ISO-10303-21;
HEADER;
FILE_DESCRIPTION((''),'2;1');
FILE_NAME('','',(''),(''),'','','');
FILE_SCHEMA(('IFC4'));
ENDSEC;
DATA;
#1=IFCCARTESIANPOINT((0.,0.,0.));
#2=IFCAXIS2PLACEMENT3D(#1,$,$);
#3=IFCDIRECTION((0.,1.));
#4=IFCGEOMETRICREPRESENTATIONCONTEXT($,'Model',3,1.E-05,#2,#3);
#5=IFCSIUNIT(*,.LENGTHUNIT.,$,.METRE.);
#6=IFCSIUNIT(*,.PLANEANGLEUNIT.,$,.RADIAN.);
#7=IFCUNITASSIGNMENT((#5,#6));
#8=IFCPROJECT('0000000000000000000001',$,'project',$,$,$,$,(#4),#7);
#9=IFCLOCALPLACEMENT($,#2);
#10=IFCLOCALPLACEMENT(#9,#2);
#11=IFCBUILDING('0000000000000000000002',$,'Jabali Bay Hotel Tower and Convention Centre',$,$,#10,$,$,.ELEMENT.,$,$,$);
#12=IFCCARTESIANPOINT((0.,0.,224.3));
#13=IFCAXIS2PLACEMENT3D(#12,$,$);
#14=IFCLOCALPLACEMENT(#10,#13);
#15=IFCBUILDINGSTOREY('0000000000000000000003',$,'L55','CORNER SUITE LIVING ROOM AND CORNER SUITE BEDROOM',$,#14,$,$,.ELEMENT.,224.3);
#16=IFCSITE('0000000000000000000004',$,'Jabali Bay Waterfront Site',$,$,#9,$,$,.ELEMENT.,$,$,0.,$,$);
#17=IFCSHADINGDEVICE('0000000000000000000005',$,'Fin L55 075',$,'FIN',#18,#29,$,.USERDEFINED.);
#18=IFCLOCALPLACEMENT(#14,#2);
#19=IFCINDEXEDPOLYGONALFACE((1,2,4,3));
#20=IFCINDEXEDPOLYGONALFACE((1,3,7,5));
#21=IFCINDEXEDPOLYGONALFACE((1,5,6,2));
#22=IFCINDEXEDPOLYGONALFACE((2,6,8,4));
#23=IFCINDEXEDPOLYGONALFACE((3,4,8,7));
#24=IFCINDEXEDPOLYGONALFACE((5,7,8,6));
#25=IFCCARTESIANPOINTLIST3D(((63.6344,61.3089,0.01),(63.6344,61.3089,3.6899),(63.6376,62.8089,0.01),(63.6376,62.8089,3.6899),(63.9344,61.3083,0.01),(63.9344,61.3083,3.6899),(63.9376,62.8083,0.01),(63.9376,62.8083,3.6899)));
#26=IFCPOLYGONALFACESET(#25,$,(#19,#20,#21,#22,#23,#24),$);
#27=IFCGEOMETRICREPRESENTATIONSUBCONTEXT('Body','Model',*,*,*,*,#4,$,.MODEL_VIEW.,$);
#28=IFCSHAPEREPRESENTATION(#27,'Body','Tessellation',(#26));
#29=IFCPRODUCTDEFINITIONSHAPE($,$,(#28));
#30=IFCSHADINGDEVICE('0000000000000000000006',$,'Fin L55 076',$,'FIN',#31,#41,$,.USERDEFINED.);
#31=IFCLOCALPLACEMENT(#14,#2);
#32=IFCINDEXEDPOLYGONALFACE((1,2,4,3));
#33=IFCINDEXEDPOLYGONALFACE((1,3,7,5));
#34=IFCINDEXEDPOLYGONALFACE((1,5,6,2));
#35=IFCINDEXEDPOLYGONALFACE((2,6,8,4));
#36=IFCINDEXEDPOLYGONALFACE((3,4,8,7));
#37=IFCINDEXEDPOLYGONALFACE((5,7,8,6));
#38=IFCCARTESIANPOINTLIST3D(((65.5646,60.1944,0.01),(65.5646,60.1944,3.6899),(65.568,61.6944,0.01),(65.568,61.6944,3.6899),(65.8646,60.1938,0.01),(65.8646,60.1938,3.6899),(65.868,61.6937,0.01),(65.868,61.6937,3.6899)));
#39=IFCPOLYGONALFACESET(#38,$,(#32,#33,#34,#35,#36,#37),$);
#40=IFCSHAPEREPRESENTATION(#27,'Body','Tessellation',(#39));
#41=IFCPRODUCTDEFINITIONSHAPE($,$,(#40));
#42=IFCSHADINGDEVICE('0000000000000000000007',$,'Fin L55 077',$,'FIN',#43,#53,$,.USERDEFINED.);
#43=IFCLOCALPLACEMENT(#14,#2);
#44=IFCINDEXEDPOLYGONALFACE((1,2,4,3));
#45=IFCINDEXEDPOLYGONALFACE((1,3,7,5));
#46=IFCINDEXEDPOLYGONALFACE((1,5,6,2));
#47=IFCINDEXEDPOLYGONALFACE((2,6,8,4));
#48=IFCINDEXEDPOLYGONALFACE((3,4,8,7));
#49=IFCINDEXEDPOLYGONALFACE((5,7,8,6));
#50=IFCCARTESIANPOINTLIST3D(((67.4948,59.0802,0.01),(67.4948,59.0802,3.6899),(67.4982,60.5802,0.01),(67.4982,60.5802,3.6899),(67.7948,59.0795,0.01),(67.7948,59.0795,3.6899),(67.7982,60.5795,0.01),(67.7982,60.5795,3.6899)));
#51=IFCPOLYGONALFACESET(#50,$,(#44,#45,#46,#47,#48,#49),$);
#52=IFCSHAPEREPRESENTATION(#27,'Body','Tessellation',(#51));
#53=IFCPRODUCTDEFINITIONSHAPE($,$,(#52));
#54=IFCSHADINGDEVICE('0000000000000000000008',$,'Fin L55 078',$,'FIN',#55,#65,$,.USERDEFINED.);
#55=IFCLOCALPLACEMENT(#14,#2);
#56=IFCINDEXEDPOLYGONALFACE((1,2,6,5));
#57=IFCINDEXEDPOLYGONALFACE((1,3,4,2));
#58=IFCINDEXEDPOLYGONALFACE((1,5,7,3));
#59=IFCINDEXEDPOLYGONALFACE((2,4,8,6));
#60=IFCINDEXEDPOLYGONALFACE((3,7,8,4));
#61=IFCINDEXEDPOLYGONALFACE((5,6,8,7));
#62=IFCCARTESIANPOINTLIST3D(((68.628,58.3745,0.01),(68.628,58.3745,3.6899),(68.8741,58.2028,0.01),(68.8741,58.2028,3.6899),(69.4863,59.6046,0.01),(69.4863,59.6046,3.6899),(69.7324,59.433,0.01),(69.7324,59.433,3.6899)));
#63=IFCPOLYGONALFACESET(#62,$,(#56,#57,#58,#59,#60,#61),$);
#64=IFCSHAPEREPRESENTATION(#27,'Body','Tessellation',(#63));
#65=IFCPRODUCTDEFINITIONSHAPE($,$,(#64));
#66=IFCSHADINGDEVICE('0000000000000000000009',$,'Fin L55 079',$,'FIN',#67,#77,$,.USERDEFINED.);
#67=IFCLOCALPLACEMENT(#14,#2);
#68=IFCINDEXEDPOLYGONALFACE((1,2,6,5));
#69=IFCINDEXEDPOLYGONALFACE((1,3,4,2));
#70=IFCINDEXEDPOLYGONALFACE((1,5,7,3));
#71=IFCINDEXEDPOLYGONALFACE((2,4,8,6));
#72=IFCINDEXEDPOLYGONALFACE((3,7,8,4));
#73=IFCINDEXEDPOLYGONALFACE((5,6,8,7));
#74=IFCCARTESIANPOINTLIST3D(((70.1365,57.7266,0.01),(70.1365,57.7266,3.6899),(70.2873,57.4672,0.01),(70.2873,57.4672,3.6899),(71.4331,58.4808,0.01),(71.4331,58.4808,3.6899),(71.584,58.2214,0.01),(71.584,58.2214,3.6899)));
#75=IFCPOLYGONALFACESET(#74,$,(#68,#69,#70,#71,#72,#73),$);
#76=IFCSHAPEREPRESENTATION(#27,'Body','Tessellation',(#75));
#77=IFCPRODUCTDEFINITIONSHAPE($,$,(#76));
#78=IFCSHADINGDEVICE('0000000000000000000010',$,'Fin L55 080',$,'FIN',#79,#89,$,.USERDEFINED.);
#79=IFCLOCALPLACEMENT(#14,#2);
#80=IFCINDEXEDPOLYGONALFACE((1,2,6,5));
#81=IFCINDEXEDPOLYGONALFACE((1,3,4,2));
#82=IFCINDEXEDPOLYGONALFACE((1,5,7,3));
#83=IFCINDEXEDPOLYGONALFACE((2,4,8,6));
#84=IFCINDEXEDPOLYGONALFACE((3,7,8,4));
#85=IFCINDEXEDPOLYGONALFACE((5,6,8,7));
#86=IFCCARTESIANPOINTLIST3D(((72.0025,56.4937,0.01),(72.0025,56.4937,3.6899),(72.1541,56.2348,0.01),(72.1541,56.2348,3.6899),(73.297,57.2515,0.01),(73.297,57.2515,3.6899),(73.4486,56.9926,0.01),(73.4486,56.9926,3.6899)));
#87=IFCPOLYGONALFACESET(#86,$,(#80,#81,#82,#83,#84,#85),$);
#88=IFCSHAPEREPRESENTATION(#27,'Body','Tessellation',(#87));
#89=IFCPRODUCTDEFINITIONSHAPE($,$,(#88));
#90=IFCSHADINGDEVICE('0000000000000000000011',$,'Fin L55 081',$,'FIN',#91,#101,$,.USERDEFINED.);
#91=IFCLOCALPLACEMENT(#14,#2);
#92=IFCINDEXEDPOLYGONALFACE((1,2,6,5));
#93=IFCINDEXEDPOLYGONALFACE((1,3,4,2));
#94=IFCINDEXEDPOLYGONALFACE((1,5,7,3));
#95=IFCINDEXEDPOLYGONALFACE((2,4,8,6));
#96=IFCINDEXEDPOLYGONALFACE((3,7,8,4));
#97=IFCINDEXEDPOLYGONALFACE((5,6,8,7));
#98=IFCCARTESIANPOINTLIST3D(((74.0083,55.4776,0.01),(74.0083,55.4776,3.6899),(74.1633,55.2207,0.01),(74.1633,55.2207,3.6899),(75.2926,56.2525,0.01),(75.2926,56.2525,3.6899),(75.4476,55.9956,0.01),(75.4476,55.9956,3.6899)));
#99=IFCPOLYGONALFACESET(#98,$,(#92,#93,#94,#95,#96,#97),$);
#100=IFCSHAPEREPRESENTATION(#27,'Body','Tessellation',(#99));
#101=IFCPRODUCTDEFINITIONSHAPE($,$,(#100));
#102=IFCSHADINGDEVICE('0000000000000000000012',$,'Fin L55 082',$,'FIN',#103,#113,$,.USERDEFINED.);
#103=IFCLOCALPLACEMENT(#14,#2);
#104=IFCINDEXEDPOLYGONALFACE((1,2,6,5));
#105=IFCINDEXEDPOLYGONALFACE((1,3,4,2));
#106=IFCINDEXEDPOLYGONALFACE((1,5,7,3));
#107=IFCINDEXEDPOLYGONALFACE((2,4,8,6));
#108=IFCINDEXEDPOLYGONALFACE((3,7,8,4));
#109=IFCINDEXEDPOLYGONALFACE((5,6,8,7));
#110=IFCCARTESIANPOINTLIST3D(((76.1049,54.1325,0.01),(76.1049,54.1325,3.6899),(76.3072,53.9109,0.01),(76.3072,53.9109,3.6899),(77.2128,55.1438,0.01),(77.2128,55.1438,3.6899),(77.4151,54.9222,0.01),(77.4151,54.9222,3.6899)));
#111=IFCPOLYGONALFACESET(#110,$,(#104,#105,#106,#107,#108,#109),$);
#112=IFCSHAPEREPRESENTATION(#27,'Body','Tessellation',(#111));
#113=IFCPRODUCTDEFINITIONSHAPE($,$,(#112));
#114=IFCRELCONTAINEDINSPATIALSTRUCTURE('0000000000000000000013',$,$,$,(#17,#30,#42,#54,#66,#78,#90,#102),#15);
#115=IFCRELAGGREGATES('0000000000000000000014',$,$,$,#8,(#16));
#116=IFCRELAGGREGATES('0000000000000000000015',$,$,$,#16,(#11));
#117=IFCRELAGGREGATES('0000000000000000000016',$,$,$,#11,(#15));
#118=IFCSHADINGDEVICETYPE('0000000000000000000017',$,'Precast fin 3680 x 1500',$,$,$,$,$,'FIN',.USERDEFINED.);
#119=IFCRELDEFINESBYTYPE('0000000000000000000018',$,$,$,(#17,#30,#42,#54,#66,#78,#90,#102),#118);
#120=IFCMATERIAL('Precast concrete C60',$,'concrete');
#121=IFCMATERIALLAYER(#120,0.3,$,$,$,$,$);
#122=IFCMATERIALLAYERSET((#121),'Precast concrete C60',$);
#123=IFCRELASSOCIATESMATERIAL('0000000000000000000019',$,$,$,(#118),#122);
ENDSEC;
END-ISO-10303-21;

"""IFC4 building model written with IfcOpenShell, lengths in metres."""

from ifc_helpers import new_model, si_unit, direction, frame, frame_2d, origin, place, context, subcontext, project, spatial, rectangle, extrude, material, layer, layer_set, type_object, element, save


model = new_model("IFC4")

# Units and contexts
model_context = context("Model", 3, precision=1e-05, world=origin(), true_north=direction((0.0, 1.0)))
body_context = subcontext(model_context, "Body", "Model", "MODEL_VIEW")
ifc_project = project(units=[si_unit("LENGTHUNIT", "METRE"), si_unit("PLANEANGLEUNIT", "RADIAN")], contexts=[model_context])

# Site, building, storey
site_placement = place(None, origin())
site = spatial("IfcSite", under=ifc_project, at=site_placement, Name="Jabali Bay Waterfront Site", CompositionType="ELEMENT", RefElevation=0.0)
building_placement = place(site_placement, origin())
building = spatial("IfcBuilding", under=site, at=building_placement, Name="Jabali Bay Hotel Tower and Convention Centre", CompositionType="ELEMENT")
storey_placement = place(building_placement, frame((0.0, 0.0, 224.3)))
storey = spatial("IfcBuildingStorey", under=building, at=storey_placement, Name="L55", Description="CORNER SUITE LIVING ROOM AND CORNER SUITE BEDROOM", CompositionType="ELEMENT", Elevation=224.3)

# Shading devices
ifc_material_1 = material(Name="Precast concrete C60", Category="concrete")
ifc_layer_1 = layer(ifc_material_1, 0.3)
ifc_layer_set_1 = layer_set([ifc_layer_1], Name="Precast concrete C60")
shading_device_type_1 = type_object("IfcShadingDeviceType", Name="Precast fin 3680 x 1500", ElementType="FIN", PredefinedType="USERDEFINED", material=ifc_layer_set_1)
for number, where, z_axis, x_axis, name in (
    (1, (63.7876, 62.8086, 0.01), (0.0, 0.0, 1.0), (-0.002116, -0.999998, 0.0), "Fin L55 075"),
    (2, (65.718, 61.6941, 0.01), (0.0, 0.0, 1.0), (-0.002279, -0.999997, 0.0), "Fin L55 076"),
    (3, (67.6482, 60.5798, 0.01), (0.0, 0.0, 1.0), (-0.002279, -0.999997, 0.0), "Fin L55 077"),
    (4, (69.6094, 59.5188, 0.01), (0.0, 0.0, 1.0), (-0.572227, -0.820095, 0.0), "Fin L55 078"),
    (5, (71.5085, 58.3511, 0.01), (0.0, 0.0, 1.0), (-0.864422, -0.502768, 0.0), "Fin L55 079"),
    (6, (73.3728, 57.1221, 0.01), (0.0, 0.0, 1.0), (-0.862987, -0.505227, 0.0), "Fin L55 080"),
    (7, (75.3701, 56.124, 0.01), (0.0, 0.0, 1.0), (-0.856241, -0.516577, 0.0), "Fin L55 081"),
    (8, (77.314, 55.033, 0.01), (0.0, 0.0, 1.0), (-0.738598, -0.674146, 0.0), "Fin L55 082"),
):
    element("IfcShadingDevice", number, at=place(storey_placement, frame(where, z_axis=z_axis, x_axis=x_axis)), inside=storey, type_object=shading_device_type_1, Name=name, ObjectType="FIN", PredefinedType="USERDEFINED", context=body_context, shape_type="SweptSolid", body=[
        extrude(rectangle(XDim=1.5, YDim=0.3, at=frame_2d((0.75, 0.0))), origin(), (0.0, 0.0, 1.0), 3.6799),
    ])

save(model, "model.ifc")
